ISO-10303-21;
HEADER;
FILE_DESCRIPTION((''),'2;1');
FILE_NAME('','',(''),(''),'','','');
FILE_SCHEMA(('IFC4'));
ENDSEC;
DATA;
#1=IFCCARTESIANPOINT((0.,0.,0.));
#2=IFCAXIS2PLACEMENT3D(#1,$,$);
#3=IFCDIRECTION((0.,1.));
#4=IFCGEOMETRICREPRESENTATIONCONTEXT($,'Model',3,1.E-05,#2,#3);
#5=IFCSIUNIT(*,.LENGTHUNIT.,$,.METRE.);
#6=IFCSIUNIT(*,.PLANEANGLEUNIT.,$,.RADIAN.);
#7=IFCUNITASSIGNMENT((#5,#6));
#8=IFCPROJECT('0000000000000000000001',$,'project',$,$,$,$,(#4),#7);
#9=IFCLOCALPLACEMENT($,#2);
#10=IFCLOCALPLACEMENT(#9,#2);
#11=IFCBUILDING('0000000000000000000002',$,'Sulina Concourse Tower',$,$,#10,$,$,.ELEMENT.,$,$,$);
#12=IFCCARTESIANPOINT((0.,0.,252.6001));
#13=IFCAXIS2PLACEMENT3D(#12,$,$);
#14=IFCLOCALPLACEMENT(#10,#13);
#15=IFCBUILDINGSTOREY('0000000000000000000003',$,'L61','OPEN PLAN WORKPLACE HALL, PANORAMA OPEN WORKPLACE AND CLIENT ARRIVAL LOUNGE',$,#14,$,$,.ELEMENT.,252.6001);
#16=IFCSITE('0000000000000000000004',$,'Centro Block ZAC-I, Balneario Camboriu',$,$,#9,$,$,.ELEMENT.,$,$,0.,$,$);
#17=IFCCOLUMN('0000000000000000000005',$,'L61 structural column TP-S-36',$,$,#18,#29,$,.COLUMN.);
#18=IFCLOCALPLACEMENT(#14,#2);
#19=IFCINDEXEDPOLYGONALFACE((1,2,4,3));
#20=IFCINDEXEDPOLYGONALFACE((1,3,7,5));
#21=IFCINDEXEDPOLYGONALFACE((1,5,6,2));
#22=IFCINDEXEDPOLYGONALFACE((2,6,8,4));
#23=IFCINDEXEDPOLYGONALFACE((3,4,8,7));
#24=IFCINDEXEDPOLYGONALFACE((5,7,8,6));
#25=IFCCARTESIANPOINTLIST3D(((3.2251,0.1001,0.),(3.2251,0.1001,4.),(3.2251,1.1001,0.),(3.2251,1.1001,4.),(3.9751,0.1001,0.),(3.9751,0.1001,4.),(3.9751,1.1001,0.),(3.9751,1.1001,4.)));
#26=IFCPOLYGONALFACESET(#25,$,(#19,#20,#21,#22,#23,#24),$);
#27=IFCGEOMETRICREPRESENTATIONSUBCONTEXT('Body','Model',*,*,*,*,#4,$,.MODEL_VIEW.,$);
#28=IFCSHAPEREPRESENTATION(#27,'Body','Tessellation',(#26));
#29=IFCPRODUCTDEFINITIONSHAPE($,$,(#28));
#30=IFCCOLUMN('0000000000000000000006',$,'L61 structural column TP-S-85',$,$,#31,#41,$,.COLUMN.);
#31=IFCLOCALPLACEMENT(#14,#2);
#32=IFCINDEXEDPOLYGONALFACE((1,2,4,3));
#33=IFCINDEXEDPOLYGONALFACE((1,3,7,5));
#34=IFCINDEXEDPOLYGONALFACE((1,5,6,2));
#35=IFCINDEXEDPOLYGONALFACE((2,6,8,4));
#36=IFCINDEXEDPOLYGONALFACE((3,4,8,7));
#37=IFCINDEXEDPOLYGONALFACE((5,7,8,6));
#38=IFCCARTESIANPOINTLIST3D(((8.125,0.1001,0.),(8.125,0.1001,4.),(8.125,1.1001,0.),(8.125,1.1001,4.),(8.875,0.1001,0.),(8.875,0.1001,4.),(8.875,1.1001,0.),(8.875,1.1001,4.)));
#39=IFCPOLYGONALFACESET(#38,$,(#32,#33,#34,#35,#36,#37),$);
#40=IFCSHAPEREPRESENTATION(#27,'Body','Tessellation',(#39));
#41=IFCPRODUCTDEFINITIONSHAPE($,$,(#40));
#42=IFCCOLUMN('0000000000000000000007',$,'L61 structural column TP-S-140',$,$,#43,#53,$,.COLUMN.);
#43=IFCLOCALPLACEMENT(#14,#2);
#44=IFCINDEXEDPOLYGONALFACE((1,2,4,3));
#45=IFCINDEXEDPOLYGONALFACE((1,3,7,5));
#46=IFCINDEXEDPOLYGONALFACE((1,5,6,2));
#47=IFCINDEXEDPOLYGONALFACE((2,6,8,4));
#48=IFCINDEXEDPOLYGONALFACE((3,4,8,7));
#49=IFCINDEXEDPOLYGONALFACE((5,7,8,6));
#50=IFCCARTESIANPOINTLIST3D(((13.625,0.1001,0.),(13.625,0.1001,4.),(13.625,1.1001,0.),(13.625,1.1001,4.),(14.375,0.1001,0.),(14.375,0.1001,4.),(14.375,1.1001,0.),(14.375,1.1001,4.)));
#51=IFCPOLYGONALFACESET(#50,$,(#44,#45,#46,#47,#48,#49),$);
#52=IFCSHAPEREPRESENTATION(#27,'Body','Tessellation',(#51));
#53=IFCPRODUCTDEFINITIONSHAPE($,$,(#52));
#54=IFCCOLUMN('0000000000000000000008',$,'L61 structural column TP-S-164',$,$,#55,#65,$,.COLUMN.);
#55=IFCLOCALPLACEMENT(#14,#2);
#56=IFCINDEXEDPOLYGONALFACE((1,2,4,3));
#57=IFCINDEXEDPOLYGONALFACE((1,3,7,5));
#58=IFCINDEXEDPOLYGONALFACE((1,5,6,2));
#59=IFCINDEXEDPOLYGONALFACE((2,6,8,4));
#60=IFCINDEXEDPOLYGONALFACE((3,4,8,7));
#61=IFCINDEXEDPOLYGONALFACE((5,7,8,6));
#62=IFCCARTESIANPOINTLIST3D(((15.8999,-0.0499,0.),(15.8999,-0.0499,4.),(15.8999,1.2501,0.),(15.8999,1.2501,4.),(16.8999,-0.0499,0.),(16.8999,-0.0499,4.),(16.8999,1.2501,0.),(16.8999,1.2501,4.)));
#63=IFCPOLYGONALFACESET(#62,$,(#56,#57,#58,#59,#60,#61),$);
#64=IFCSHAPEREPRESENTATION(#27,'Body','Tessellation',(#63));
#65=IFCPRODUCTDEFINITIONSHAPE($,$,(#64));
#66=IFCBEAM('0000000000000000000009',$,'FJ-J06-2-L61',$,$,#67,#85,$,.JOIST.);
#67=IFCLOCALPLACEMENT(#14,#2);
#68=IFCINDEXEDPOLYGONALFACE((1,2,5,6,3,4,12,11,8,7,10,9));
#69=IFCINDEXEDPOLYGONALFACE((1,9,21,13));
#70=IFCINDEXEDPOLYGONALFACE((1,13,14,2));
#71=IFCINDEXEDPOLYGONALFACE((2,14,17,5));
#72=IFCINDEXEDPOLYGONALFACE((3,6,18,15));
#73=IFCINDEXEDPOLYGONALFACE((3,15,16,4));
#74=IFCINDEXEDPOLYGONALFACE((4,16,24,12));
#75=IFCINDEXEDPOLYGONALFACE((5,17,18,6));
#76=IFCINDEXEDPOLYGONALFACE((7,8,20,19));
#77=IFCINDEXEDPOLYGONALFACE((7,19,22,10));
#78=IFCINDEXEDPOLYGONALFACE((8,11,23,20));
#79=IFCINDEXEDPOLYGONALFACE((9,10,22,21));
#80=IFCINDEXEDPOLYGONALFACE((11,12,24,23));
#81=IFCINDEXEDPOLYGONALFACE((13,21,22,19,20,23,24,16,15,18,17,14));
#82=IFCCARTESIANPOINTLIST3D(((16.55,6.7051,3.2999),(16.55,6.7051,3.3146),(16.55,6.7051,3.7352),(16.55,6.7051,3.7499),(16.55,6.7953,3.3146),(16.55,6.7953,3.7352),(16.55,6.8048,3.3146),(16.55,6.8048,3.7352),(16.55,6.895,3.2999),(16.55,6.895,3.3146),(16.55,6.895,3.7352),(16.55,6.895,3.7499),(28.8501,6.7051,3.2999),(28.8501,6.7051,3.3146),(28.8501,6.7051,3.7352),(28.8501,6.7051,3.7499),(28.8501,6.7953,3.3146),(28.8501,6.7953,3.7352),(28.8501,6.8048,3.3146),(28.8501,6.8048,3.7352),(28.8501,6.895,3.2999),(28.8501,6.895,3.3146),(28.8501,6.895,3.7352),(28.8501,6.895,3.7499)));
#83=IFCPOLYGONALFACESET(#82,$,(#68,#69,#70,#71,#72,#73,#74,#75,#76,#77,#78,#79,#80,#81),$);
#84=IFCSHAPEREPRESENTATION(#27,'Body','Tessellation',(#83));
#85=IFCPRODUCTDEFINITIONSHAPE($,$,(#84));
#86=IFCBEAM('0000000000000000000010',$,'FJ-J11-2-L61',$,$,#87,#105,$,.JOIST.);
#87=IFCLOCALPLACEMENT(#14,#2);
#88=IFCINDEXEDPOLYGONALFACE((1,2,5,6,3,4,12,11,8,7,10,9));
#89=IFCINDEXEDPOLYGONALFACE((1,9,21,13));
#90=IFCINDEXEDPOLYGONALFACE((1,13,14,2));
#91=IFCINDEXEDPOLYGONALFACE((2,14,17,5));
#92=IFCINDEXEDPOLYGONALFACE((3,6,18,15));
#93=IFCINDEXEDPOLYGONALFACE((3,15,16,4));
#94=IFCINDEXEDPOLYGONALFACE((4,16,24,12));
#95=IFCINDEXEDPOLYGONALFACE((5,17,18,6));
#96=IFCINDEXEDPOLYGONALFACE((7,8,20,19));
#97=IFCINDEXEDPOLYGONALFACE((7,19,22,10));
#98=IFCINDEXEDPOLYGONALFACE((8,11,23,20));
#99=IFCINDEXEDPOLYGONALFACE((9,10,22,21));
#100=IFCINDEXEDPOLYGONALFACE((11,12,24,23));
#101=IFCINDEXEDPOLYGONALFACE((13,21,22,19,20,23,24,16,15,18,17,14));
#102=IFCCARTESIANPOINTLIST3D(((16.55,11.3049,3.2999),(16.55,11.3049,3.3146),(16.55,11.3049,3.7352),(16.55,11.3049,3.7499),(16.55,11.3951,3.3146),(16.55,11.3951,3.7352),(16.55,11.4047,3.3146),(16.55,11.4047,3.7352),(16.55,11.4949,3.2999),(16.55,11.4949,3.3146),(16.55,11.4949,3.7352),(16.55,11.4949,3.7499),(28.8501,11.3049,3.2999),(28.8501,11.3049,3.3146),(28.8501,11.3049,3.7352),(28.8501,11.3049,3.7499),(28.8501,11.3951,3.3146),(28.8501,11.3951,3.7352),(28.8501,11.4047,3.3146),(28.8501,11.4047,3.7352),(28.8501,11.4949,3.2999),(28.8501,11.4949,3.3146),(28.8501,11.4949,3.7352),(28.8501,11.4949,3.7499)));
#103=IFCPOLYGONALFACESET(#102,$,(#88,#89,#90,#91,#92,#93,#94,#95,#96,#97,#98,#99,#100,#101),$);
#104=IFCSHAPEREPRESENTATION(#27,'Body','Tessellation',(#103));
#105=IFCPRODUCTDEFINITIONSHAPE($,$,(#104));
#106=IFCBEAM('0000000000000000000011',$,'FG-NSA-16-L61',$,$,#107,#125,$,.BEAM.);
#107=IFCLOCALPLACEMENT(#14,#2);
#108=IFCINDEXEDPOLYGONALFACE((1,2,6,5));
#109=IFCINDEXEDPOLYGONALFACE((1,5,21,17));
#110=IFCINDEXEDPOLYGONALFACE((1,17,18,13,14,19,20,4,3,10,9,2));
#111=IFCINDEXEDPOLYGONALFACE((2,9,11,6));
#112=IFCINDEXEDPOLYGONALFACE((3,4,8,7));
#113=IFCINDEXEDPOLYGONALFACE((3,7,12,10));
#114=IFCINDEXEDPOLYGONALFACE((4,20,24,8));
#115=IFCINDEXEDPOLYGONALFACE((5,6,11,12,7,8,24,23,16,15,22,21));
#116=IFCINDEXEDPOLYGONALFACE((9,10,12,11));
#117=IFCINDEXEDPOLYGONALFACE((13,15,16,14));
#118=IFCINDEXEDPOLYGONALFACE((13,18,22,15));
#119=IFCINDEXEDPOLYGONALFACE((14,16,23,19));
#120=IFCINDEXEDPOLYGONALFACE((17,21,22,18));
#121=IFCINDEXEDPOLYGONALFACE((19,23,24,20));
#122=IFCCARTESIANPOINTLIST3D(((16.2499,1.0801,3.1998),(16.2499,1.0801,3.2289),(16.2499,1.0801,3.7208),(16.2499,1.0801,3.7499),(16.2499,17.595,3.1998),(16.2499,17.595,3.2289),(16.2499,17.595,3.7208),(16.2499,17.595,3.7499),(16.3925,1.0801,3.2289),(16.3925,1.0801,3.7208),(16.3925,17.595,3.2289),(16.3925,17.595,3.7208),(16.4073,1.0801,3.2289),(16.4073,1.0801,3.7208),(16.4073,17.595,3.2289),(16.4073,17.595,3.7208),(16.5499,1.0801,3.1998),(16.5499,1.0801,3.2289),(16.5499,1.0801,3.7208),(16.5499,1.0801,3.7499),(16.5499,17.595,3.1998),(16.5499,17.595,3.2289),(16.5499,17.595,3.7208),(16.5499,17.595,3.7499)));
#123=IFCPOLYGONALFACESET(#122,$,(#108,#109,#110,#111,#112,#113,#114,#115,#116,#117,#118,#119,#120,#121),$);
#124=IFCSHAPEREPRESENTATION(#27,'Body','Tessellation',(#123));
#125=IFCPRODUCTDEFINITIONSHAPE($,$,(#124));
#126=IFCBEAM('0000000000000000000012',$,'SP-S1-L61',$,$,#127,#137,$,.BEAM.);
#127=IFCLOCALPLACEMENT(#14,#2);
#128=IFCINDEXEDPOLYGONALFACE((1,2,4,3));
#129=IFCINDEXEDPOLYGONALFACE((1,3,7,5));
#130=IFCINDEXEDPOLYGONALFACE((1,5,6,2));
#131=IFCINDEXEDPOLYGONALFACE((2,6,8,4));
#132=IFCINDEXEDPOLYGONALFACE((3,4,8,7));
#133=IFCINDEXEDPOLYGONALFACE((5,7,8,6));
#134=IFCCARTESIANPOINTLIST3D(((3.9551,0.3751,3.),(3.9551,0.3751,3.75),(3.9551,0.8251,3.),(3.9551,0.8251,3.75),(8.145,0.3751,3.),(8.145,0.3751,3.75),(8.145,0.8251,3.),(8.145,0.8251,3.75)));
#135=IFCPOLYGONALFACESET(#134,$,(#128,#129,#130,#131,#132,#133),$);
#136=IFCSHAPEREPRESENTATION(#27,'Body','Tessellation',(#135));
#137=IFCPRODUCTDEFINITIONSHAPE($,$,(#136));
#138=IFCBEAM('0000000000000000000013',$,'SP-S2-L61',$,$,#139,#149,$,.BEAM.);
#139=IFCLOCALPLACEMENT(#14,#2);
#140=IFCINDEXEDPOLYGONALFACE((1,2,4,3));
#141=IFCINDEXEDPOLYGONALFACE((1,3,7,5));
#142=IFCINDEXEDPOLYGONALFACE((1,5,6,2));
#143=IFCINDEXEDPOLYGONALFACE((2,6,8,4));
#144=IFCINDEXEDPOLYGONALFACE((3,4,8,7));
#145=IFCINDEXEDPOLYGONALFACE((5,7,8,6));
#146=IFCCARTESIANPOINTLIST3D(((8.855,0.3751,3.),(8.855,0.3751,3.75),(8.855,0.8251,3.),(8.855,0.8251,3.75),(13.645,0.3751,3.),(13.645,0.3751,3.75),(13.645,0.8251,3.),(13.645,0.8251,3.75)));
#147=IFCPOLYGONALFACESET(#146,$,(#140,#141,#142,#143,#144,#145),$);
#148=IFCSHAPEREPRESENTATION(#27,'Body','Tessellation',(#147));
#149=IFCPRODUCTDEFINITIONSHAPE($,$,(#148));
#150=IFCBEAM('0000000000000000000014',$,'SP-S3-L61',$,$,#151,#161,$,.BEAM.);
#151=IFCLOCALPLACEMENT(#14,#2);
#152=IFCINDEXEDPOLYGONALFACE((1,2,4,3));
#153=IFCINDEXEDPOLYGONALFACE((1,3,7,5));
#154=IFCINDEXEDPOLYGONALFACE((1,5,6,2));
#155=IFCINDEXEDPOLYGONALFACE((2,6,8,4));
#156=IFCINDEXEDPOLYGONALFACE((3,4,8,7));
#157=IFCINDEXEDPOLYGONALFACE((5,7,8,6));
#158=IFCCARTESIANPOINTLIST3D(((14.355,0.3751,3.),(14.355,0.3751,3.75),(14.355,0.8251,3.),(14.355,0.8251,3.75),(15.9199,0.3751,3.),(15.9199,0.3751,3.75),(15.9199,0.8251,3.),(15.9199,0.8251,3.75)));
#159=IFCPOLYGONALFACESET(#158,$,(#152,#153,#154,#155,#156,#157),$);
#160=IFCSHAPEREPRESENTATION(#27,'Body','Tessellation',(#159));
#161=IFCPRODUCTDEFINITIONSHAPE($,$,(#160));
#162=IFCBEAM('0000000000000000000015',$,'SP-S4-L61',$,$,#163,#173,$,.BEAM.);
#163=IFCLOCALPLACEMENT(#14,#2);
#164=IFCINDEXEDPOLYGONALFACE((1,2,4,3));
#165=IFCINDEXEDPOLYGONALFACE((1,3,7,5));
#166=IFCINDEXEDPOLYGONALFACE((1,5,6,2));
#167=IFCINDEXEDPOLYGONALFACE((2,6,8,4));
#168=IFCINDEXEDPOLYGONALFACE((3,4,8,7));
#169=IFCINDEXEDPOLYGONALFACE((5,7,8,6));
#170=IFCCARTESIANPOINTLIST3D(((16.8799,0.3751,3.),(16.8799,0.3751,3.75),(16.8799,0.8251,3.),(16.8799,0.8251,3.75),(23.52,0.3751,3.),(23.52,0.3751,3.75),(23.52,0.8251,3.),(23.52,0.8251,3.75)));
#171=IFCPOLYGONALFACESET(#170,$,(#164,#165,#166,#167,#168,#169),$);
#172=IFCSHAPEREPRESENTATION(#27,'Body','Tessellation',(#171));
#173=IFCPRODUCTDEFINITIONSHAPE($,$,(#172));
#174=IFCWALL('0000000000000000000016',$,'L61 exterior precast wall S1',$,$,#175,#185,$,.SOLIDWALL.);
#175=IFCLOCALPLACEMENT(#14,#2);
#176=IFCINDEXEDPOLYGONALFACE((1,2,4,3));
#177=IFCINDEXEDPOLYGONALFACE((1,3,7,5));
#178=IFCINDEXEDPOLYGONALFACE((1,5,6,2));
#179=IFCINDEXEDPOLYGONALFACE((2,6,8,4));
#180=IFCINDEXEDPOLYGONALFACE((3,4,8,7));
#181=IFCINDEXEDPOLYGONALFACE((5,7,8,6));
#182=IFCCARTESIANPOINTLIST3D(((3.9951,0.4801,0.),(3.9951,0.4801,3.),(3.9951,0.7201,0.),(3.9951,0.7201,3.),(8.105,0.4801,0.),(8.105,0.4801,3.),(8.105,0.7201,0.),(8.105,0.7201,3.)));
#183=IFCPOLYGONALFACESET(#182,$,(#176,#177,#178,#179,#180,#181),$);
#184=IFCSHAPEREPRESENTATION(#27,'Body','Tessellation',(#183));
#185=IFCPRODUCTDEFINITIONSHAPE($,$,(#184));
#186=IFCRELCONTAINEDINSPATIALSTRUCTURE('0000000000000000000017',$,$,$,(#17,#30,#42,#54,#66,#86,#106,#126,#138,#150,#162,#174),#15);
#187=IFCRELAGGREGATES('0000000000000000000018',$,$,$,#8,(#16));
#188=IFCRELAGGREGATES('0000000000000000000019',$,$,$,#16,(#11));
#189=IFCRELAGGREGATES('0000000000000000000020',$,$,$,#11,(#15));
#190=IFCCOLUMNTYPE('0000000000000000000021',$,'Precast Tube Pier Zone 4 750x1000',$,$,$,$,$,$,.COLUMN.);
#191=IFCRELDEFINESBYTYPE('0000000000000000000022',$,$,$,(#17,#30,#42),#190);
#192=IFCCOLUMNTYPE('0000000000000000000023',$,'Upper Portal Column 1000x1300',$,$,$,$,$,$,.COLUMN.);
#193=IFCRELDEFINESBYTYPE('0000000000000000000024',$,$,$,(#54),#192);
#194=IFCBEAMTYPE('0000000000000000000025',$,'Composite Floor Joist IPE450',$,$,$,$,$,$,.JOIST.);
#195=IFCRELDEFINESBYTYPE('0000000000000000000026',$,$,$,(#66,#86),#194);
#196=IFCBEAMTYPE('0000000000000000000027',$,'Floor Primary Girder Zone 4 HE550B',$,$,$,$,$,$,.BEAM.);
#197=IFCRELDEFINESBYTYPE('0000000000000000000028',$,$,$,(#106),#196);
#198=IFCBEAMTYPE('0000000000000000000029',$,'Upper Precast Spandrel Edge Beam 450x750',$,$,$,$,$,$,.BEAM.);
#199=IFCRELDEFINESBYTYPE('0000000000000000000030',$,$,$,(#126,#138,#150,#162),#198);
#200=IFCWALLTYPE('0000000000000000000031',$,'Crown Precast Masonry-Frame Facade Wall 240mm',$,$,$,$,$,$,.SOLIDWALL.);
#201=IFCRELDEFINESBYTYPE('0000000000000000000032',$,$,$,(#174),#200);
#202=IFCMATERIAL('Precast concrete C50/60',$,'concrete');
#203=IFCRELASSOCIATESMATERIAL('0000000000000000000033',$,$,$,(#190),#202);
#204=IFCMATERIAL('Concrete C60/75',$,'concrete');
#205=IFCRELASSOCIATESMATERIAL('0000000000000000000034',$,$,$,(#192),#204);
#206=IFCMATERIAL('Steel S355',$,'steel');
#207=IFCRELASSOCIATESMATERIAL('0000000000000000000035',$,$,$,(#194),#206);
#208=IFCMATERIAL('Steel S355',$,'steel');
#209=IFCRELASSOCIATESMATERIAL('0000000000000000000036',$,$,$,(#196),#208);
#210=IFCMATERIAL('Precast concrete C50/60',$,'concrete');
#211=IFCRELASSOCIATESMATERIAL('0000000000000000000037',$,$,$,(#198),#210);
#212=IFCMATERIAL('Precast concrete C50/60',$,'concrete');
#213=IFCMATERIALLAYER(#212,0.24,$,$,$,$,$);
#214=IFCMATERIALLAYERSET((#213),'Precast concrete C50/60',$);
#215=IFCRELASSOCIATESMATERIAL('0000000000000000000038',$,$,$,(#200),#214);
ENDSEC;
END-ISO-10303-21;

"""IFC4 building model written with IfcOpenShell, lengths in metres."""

from ifc_helpers import new_model, si_unit, direction, frame, frame_2d, origin, origin_2d, place, context, subcontext, project, spatial, rectangle, i_section, extrude, material, layer, layer_set, material_profile, profile_set, type_object, element, save


model = new_model("IFC4")

# Units and contexts
model_context = context("Model", 3, precision=1e-05, world=origin(), true_north=direction((0.0, 1.0)))
body_context = subcontext(model_context, "Body", "Model", "MODEL_VIEW")
ifc_project = project(units=[si_unit("LENGTHUNIT", "METRE"), si_unit("PLANEANGLEUNIT", "RADIAN")], contexts=[model_context])

# Site, building, storey
site_placement = place(None, origin())
site = spatial("IfcSite", under=ifc_project, at=site_placement, Name="Centro Block ZAC-I, Balneario Camboriu", CompositionType="ELEMENT", RefElevation=0.0)
building_placement = place(site_placement, origin())
building = spatial("IfcBuilding", under=site, at=building_placement, Name="Sulina Concourse Tower", CompositionType="ELEMENT")
storey_placement = place(building_placement, frame((0.0, 0.0, 252.6001)))
storey = spatial("IfcBuildingStorey", under=building, at=storey_placement, Name="L61", Description="OPEN PLAN WORKPLACE HALL, PANORAMA OPEN WORKPLACE AND CLIENT ARRIVAL LOUNGE", CompositionType="ELEMENT", Elevation=252.6001)

# Columns
ifc_material_1 = material(Name="Precast concrete C50/60", Category="concrete")
ifc_material_profile_1 = material_profile(ifc_material_1, rectangle(XDim=0.75, YDim=1.0, at=origin_2d()), Name="PC 750x1000")
ifc_profile_set_1 = profile_set([ifc_material_profile_1], Name="Precast concrete C50/60")
column_type_1 = type_object("IfcColumnType", Name="Precast Tube Pier Zone 4 750x1000", PredefinedType="COLUMN", material=ifc_profile_set_1)
for number, where, z_axis, x_axis, name in (
    (1, (3.6001, 0.6001, 0.0), (0.0, 0.0, 1.0), (1.0, 0.0, 0.0), "L61 structural column TP-S-36"),
    (2, (8.5, 0.6001, 0.0), (0.0, 0.0, 1.0), (1.0, 0.0, 0.0), "L61 structural column TP-S-85"),
    (3, (14.0, 0.6001, 0.0), (0.0, 0.0, 1.0), (1.0, 0.0, 0.0), "L61 structural column TP-S-140"),
):
    element("IfcColumn", number, at=place(storey_placement, frame(where, z_axis=z_axis, x_axis=x_axis)), inside=storey, type_object=column_type_1, Name=name, PredefinedType="COLUMN", context=body_context, shape_type="SweptSolid", body=[
        extrude(rectangle(XDim=0.75, YDim=1.0, at=origin_2d()), origin(), (0.0, 0.0, 1.0), 4.0),
    ])
ifc_material_2 = material(Name="Concrete C60/75", Category="concrete")
ifc_material_profile_2 = material_profile(ifc_material_2, rectangle(XDim=1.0, YDim=1.3, at=origin_2d()), Name="RC 1000x1300")
ifc_profile_set_2 = profile_set([ifc_material_profile_2], Name="Concrete C60/75")
column_type_2 = type_object("IfcColumnType", Name="Upper Portal Column 1000x1300", PredefinedType="COLUMN", material=ifc_profile_set_2)
column_placement = place(storey_placement, frame((16.3999, 0.6001, 0.0), z_axis=(0.0, 0.0, 1.0), x_axis=(1.0, 0.0, 0.0)))
element("IfcColumn", 4, at=column_placement, inside=storey, type_object=column_type_2, Name="L61 structural column TP-S-164", PredefinedType="COLUMN", context=body_context, shape_type="SweptSolid", body=[
    extrude(rectangle(XDim=1.0, YDim=1.3, at=origin_2d()), origin(), (0.0, 0.0, 1.0), 4.0),
])

# Beams
ifc_material_3 = material(Name="Steel S355", Category="steel")
ifc_material_profile_3 = material_profile(ifc_material_3, i_section(OverallWidth=0.1899, OverallDepth=0.45, WebThickness=0.0095, FlangeThickness=0.0146, at=origin_2d()), Name="IPE 450")
ifc_profile_set_3 = profile_set([ifc_material_profile_3], Name="Steel S355")
beam_type_1 = type_object("IfcBeamType", Name="Composite Floor Joist IPE450", PredefinedType="JOIST", material=ifc_profile_set_3)
for number, where, z_axis, x_axis, name in (
    (5, (16.55, 6.8, 3.5249), (1.0, 0.0, 0.0), (0.0, 1.0, 0.0), "FJ-J06-2-L61"),
    (6, (16.55, 11.3999, 3.5249), (1.0, 0.0, 0.0), (0.0, 1.0, 0.0), "FJ-J11-2-L61"),
):
    element("IfcBeam", number, at=place(storey_placement, frame(where, z_axis=z_axis, x_axis=x_axis)), inside=storey, type_object=beam_type_1, Name=name, PredefinedType="JOIST", context=body_context, shape_type="SweptSolid", body=[
        extrude(i_section(OverallWidth=0.1899, OverallDepth=0.45, WebThickness=0.0095, FlangeThickness=0.0146, at=origin_2d()), origin(), (0.0, 0.0, 1.0), 12.3),
    ])
ifc_material_4 = material(Name="Steel S355", Category="steel")
ifc_material_profile_4 = material_profile(ifc_material_4, i_section(OverallWidth=0.3, OverallDepth=0.55, WebThickness=0.0149, FlangeThickness=0.0291, at=origin_2d()), Name="HE 550 B")
ifc_profile_set_4 = profile_set([ifc_material_profile_4], Name="Steel S355")
beam_type_2 = type_object("IfcBeamType", Name="Floor Primary Girder Zone 4 HE550B", PredefinedType="BEAM", material=ifc_profile_set_4)
beam_1_placement = place(storey_placement, frame((16.3999, 1.0801, 3.4749), z_axis=(0.0, 1.0, 0.0), x_axis=(-1.0, 0.0, 0.0)))
element("IfcBeam", 7, at=beam_1_placement, inside=storey, type_object=beam_type_2, Name="FG-NSA-16-L61", PredefinedType="BEAM", context=body_context, shape_type="SweptSolid", body=[
    extrude(i_section(OverallWidth=0.3, OverallDepth=0.55, WebThickness=0.0149, FlangeThickness=0.0291, at=origin_2d()), origin(), (0.0, 0.0, 1.0), 16.5149),
])
ifc_material_5 = material(Name="Precast concrete C50/60", Category="concrete")
ifc_material_profile_5 = material_profile(ifc_material_5, rectangle(XDim=0.45, YDim=0.75, at=origin_2d()), Name="RC 450x750")
ifc_profile_set_5 = profile_set([ifc_material_profile_5], Name="Precast concrete C50/60")
beam_type_3 = type_object("IfcBeamType", Name="Upper Precast Spandrel Edge Beam 450x750", PredefinedType="BEAM", material=ifc_profile_set_5)
beam_2_placement = place(storey_placement, frame((3.9551, 0.6001, 3.375), z_axis=(1.0, 0.0, 0.0), x_axis=(0.0, 1.0, 0.0)))
element("IfcBeam", 8, at=beam_2_placement, inside=storey, type_object=beam_type_3, Name="SP-S1-L61", PredefinedType="BEAM", context=body_context, shape_type="SweptSolid", body=[
    extrude(rectangle(XDim=0.45, YDim=0.75, at=origin_2d()), origin(), (0.0, 0.0, 1.0), 4.1899),
])
beam_3_placement = place(storey_placement, frame((8.855, 0.6001, 3.375), z_axis=(1.0, 0.0, 0.0), x_axis=(0.0, 1.0, 0.0)))
element("IfcBeam", 9, at=beam_3_placement, inside=storey, type_object=beam_type_3, Name="SP-S2-L61", PredefinedType="BEAM", context=body_context, shape_type="SweptSolid", body=[
    extrude(rectangle(XDim=0.45, YDim=0.75, at=origin_2d()), origin(), (0.0, 0.0, 1.0), 4.79),
])
beam_4_placement = place(storey_placement, frame((14.355, 0.6001, 3.375), z_axis=(1.0, 0.0, 0.0), x_axis=(0.0, 1.0, 0.0)))
element("IfcBeam", 10, at=beam_4_placement, inside=storey, type_object=beam_type_3, Name="SP-S3-L61", PredefinedType="BEAM", context=body_context, shape_type="SweptSolid", body=[
    extrude(rectangle(XDim=0.45, YDim=0.75, at=origin_2d()), origin(), (0.0, 0.0, 1.0), 1.5649),
])
beam_5_placement = place(storey_placement, frame((16.8799, 0.6001, 3.375), z_axis=(1.0, 0.0, 0.0), x_axis=(0.0, 1.0, 0.0)))
element("IfcBeam", 11, at=beam_5_placement, inside=storey, type_object=beam_type_3, Name="SP-S4-L61", PredefinedType="BEAM", context=body_context, shape_type="SweptSolid", body=[
    extrude(rectangle(XDim=0.45, YDim=0.75, at=origin_2d()), origin(), (0.0, 0.0, 1.0), 6.6401),
])

# Wall
ifc_material_6 = material(Name="Precast concrete C50/60", Category="concrete")
ifc_layer_1 = layer(ifc_material_6, 0.24)
ifc_layer_set_1 = layer_set([ifc_layer_1], Name="Precast concrete C50/60")
wall_type_1 = type_object("IfcWallType", Name="Crown Precast Masonry-Frame Facade Wall 240mm", PredefinedType="SOLIDWALL", material=ifc_layer_set_1)
wall_1_placement = place(storey_placement, frame((8.105, 0.6001, 0.0), z_axis=(0.0, 0.0, 1.0), x_axis=(-1.0, 0.0, 0.0)))
element("IfcWall", 12, at=wall_1_placement, inside=storey, type_object=wall_type_1, Name="L61 exterior precast wall S1", PredefinedType="SOLIDWALL", context=body_context, shape_type="SweptSolid", body=[
    extrude(rectangle(XDim=4.1099, YDim=0.24, at=frame_2d((2.0549, 0.0))), origin(), (0.0, 0.0, 1.0), 3.0),
])

save(model, "model.ifc")
